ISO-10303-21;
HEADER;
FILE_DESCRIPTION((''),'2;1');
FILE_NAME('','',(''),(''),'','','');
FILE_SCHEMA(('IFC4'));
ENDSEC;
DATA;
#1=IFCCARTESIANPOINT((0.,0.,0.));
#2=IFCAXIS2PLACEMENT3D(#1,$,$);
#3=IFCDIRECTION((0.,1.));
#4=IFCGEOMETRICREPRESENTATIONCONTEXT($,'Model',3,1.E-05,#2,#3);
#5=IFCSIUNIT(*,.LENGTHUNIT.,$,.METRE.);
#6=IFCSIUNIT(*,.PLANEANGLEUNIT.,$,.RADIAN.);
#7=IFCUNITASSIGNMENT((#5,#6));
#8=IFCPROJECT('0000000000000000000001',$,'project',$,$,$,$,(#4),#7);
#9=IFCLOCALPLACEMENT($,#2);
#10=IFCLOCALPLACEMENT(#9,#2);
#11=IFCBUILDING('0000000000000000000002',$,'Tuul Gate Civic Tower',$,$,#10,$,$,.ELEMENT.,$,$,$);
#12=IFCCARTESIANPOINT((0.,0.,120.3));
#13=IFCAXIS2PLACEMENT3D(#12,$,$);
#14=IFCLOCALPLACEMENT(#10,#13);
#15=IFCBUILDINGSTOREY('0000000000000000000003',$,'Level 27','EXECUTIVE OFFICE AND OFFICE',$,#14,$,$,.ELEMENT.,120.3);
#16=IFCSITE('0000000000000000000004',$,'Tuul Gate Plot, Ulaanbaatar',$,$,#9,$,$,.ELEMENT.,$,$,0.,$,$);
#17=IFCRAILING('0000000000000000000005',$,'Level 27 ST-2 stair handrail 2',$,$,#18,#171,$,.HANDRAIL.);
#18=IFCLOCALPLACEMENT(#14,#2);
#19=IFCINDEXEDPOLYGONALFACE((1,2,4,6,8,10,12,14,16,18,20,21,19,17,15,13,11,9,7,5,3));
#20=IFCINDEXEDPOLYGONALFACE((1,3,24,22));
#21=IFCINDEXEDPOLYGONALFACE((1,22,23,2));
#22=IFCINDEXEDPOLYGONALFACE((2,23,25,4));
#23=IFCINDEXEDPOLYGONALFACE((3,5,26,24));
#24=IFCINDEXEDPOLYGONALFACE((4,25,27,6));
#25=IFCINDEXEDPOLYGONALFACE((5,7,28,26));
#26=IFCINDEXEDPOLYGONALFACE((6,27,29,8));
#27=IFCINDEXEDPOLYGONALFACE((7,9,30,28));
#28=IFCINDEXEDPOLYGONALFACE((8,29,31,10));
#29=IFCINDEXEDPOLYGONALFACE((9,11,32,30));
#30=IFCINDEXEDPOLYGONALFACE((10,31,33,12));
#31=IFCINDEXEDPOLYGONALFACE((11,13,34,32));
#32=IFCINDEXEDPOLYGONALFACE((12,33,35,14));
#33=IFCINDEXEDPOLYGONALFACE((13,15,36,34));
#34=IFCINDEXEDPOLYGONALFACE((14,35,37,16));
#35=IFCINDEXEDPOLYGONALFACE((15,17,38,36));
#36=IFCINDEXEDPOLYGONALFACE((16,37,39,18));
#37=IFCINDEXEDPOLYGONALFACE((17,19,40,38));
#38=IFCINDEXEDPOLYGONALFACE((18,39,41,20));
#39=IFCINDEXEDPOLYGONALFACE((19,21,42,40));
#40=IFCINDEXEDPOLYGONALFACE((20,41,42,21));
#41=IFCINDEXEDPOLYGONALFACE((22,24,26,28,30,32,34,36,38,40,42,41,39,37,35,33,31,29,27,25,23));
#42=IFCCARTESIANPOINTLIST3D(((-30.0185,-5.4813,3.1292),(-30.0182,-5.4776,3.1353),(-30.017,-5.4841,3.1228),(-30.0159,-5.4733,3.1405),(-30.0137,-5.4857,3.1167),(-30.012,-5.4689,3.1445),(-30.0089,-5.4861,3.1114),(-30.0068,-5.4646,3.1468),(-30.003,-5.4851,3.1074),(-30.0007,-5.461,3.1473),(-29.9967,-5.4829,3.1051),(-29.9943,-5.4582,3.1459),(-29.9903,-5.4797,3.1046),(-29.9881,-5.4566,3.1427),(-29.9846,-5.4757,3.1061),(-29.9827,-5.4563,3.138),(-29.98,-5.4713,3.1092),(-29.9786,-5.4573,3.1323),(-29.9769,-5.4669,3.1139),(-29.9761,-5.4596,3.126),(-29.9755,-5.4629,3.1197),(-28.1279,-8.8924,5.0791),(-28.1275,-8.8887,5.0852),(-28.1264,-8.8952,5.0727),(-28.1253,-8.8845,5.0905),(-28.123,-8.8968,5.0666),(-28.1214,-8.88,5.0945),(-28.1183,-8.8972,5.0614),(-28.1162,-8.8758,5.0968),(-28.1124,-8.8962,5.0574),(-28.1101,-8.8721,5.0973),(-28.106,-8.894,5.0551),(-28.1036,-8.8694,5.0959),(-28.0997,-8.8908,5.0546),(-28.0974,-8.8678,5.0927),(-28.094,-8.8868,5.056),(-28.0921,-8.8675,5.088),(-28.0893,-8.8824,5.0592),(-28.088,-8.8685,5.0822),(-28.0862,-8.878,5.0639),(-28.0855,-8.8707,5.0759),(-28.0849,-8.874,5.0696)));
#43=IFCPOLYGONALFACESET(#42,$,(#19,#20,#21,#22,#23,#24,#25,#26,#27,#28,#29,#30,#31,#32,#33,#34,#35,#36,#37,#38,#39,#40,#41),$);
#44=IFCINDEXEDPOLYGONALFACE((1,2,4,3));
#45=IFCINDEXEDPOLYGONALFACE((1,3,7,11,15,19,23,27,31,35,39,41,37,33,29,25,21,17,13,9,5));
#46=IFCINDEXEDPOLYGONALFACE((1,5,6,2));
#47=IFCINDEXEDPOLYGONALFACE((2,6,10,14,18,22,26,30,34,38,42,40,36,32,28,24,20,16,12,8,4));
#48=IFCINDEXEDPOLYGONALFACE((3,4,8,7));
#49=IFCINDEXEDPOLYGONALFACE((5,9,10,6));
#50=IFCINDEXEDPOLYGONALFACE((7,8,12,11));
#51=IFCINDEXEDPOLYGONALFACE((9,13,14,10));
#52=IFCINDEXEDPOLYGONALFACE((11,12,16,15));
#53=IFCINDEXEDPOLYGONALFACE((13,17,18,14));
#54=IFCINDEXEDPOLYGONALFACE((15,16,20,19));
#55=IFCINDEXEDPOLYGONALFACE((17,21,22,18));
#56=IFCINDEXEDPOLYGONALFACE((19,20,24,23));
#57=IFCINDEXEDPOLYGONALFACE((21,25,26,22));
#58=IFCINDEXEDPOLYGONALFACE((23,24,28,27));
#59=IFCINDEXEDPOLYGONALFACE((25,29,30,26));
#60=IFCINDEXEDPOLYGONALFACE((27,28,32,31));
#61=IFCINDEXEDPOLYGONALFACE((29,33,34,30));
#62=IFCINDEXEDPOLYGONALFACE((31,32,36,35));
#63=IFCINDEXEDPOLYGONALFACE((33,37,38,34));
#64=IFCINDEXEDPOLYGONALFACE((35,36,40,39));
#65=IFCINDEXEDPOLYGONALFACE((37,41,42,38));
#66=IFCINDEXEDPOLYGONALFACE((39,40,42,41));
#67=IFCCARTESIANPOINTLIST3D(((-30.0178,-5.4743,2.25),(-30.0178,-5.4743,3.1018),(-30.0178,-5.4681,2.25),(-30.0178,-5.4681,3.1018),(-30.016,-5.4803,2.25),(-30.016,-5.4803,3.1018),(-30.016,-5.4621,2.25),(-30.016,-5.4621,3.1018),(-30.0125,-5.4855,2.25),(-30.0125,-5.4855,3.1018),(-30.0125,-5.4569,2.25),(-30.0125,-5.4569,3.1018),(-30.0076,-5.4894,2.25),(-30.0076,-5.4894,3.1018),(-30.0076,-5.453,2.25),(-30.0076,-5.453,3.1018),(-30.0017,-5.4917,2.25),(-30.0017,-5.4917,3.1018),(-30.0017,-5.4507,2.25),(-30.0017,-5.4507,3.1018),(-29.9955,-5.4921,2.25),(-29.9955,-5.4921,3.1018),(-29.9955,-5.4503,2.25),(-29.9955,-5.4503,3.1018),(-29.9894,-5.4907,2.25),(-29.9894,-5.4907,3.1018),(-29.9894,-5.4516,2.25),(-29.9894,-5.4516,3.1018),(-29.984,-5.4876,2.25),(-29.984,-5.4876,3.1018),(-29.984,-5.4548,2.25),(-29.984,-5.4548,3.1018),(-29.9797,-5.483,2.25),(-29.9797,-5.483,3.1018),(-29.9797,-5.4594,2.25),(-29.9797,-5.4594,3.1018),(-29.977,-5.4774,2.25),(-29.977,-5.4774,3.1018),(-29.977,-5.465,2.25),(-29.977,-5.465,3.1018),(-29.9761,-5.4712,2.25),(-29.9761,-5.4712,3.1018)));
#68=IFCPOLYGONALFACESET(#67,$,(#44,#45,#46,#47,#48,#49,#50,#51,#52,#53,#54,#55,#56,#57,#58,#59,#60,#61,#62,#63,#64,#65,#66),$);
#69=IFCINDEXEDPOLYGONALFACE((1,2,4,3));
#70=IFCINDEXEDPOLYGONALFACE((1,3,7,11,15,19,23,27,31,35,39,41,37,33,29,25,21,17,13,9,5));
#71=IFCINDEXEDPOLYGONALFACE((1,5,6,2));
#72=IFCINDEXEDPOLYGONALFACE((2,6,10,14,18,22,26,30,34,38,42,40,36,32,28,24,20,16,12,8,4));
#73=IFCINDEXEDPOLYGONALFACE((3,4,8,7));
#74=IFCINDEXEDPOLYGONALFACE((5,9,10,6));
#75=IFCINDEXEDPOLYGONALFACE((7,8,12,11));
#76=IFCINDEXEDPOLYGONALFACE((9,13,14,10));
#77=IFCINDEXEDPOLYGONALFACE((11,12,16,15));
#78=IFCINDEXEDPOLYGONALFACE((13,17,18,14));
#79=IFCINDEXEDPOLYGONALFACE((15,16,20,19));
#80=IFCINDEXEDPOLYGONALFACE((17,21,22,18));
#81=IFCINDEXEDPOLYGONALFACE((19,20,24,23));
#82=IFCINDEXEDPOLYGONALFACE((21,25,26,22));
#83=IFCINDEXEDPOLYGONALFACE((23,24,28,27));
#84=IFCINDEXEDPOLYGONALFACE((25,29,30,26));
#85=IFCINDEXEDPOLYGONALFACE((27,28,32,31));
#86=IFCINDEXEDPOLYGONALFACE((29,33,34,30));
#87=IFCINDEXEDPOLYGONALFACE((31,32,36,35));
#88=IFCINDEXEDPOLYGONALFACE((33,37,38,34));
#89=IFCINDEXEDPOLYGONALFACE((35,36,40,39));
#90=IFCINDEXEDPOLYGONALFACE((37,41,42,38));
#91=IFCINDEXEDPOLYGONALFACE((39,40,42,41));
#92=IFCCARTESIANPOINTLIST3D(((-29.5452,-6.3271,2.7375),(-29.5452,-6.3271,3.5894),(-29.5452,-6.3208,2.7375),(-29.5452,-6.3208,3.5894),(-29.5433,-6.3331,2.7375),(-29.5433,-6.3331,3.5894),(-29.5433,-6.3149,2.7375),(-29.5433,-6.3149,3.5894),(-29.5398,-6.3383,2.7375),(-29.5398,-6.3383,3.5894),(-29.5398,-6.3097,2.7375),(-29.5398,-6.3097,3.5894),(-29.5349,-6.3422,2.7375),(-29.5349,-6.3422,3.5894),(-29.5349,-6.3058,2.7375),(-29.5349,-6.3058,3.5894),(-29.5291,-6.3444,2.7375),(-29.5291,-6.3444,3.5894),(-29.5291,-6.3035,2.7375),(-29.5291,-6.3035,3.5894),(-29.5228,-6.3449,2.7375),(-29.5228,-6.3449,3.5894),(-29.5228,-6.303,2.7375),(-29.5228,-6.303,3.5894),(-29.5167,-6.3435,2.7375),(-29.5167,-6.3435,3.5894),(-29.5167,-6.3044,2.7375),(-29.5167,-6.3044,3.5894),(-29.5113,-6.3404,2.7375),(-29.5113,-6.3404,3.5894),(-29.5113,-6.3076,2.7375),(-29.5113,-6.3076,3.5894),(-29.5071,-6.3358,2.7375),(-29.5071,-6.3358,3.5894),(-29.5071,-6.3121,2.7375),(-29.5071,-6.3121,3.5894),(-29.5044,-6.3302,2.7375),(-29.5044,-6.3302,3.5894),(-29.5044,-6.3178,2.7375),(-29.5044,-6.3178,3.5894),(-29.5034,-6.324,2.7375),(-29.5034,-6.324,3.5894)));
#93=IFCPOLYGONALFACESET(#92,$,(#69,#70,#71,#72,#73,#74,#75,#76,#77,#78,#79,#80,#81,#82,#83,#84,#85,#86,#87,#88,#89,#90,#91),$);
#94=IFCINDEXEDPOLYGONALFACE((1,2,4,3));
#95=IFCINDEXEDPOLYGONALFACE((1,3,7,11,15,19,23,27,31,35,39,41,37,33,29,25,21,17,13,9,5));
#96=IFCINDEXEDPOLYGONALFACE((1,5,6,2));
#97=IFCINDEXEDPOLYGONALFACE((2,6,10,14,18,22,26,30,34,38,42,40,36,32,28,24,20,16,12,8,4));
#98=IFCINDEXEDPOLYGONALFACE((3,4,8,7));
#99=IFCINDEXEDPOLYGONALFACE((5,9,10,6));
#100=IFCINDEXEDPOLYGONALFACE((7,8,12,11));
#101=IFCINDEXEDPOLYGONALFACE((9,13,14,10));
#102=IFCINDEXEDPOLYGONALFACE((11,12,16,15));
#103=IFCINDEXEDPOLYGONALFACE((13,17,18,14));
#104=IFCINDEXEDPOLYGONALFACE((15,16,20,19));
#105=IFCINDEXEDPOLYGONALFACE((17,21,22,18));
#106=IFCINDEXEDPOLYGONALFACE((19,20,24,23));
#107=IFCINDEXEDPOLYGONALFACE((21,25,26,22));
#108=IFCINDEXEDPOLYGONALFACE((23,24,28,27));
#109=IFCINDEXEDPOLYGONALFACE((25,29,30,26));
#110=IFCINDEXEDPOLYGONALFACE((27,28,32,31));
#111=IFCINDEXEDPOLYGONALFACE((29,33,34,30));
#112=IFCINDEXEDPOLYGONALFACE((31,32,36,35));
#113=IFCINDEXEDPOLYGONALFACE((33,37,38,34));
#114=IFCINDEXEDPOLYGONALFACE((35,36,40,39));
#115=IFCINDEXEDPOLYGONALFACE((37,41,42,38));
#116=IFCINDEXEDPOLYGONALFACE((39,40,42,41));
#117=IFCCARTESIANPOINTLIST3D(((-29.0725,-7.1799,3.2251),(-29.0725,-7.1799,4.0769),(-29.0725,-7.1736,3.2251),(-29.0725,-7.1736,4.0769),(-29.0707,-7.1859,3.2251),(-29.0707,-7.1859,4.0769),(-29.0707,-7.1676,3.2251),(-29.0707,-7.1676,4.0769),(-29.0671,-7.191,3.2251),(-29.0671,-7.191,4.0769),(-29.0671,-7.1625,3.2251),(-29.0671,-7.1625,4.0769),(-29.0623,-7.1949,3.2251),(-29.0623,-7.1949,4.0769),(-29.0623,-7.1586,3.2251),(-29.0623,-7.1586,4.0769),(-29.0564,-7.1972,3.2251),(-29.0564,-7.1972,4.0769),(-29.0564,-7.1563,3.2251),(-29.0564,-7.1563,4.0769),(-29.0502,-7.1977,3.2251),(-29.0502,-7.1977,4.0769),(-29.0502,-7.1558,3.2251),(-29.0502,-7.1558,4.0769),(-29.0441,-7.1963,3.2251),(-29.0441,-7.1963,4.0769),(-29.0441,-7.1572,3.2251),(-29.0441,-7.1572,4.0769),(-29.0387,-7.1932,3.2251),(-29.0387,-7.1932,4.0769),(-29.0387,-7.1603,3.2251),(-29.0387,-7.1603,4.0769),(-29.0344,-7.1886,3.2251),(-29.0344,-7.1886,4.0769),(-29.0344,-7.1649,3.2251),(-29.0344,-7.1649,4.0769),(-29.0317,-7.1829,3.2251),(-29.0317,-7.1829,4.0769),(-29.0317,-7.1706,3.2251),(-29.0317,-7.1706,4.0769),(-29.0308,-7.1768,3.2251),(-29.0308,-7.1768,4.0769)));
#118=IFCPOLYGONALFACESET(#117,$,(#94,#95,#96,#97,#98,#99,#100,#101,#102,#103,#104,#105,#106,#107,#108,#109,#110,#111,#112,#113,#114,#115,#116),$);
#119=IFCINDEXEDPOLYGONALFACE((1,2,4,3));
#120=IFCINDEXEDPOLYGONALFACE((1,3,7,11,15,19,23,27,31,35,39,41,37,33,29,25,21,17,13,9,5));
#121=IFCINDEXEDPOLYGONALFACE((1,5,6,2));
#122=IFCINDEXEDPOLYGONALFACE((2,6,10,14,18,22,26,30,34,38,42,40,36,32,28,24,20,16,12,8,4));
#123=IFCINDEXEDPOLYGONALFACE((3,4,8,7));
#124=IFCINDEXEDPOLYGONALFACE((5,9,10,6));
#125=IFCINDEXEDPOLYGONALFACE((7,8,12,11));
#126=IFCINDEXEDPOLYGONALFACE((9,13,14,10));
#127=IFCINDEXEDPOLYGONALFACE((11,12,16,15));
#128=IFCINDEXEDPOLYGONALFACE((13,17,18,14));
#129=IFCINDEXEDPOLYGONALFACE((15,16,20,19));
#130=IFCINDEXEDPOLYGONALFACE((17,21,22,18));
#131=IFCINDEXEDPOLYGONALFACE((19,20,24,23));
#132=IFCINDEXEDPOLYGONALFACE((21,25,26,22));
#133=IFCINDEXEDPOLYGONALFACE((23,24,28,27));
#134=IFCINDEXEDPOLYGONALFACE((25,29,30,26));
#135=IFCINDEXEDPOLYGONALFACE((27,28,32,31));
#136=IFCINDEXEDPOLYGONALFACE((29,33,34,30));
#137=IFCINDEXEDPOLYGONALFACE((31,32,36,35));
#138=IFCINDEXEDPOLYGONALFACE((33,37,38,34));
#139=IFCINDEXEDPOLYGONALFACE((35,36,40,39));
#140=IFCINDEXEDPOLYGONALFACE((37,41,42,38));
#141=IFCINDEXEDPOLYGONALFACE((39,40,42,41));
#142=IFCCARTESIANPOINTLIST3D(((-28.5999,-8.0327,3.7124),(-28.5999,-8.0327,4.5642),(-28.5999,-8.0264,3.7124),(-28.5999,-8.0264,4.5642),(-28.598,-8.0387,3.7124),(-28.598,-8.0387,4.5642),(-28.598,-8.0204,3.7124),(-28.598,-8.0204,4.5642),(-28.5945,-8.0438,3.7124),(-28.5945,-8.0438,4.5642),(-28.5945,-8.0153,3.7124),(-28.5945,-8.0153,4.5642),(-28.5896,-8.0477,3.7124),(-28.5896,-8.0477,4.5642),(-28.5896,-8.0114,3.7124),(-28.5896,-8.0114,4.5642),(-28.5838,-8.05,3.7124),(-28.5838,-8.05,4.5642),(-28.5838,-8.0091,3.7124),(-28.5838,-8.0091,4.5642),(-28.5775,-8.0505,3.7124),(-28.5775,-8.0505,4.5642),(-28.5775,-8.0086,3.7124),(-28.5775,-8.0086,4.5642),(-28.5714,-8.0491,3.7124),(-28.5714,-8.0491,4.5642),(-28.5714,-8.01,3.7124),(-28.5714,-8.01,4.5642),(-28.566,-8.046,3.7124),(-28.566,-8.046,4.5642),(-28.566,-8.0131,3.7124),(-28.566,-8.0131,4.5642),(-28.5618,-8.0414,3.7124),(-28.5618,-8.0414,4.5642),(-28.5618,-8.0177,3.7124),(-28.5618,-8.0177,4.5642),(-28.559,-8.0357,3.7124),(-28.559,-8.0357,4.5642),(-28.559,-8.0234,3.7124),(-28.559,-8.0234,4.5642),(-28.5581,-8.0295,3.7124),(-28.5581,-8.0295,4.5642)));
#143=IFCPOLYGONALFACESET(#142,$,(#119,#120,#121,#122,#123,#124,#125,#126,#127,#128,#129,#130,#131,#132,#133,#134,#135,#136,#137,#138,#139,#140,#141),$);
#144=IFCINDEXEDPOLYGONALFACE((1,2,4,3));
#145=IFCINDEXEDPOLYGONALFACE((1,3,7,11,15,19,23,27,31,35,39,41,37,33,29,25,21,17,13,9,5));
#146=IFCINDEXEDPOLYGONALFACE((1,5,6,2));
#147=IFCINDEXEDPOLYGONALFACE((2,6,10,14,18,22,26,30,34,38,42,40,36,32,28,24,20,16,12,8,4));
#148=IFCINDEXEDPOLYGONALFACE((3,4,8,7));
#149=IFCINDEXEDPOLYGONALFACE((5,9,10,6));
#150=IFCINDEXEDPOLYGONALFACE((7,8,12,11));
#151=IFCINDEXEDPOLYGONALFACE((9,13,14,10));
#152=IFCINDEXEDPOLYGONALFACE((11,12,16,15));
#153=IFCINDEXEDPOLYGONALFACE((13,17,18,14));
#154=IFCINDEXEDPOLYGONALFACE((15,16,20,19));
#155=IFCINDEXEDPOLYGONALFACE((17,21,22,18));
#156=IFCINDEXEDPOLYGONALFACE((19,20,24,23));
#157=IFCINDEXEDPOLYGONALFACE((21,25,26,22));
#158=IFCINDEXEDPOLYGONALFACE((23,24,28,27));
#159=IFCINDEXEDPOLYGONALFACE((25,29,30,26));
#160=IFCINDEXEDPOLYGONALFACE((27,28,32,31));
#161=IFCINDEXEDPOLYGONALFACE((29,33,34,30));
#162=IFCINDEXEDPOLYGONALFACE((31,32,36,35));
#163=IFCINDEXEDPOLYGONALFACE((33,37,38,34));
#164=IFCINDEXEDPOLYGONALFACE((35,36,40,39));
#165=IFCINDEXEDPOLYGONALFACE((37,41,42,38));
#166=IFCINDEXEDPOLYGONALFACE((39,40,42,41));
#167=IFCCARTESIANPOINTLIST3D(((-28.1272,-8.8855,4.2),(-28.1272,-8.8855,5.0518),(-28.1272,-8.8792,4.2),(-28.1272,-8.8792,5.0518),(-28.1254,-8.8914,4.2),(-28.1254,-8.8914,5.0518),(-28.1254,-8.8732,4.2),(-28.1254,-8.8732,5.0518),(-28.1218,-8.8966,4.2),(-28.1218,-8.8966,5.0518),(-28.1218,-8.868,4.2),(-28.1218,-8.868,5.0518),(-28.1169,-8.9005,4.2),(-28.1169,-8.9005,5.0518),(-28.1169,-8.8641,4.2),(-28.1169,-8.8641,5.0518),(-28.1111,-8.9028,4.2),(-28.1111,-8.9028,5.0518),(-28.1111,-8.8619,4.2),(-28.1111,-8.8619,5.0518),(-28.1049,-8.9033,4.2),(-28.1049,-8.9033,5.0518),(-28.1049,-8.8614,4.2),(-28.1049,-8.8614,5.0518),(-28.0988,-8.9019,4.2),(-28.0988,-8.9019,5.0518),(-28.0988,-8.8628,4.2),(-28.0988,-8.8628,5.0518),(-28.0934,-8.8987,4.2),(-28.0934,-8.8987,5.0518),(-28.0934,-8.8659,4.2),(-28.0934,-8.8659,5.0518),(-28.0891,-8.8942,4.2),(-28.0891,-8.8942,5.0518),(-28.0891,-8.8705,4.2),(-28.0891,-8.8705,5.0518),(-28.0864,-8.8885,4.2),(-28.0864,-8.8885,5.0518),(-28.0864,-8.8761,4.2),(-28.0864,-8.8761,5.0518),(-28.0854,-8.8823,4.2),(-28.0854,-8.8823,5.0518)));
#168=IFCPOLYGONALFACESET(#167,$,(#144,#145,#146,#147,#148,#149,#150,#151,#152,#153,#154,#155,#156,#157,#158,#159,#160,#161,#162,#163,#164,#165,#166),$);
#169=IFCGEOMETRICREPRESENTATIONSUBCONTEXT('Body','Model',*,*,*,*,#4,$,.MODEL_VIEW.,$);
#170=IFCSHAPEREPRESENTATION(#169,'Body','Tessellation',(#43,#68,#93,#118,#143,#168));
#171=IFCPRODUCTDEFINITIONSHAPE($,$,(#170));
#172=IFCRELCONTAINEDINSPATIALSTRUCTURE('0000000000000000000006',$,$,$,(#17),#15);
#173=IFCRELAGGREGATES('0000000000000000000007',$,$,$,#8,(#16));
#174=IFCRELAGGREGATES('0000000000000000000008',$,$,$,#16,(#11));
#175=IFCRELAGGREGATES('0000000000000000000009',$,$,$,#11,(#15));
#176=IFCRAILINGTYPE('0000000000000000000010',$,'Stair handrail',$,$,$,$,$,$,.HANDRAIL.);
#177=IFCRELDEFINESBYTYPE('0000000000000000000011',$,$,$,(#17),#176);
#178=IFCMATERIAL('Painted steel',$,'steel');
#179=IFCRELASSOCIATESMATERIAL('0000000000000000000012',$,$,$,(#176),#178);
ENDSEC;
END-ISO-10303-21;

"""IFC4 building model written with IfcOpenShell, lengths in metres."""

from ifc_helpers import new_model, si_unit, direction, frame, origin, origin_2d, place, context, subcontext, project, spatial, circle, extrude, material, type_object, element, save


model = new_model("IFC4")

# Units and contexts
model_context = context("Model", 3, precision=1e-05, world=origin(), true_north=direction((0.0, 1.0)))
body_context = subcontext(model_context, "Body", "Model", "MODEL_VIEW")
ifc_project = project(units=[si_unit("LENGTHUNIT", "METRE"), si_unit("PLANEANGLEUNIT", "RADIAN")], contexts=[model_context])

# Site, building, storey
site_placement = place(None, origin())
site = spatial("IfcSite", under=ifc_project, at=site_placement, Name="Tuul Gate Plot, Ulaanbaatar", CompositionType="ELEMENT", RefElevation=0.0)
building_placement = place(site_placement, origin())
building = spatial("IfcBuilding", under=site, at=building_placement, Name="Tuul Gate Civic Tower", CompositionType="ELEMENT")
storey_placement = place(building_placement, frame((0.0, 0.0, 120.3)))
storey = spatial("IfcBuildingStorey", under=building, at=storey_placement, Name="Level 27", Description="EXECUTIVE OFFICE AND OFFICE", CompositionType="ELEMENT", Elevation=120.3)

# Railing
ifc_material_1 = material(Name="Painted steel", Category="steel")
railing_type_1 = type_object("IfcRailingType", Name="Stair handrail", PredefinedType="HANDRAIL", material=ifc_material_1)
railing_1_placement = place(storey_placement, frame((-29.9971, -5.4712, 2.25)))
element("IfcRailing", 1, at=railing_1_placement, inside=storey, type_object=railing_type_1, Name="Level 27 ST-2 stair handrail 2", PredefinedType="HANDRAIL", context=body_context, shape_type="SweptSolid", body=[
    extrude(circle(Radius=0.0239, at=origin_2d()), frame((0.0, 0.0, 0.876), z_axis=(0.433595, -0.782308, 0.447201), x_axis=(0.874641, 0.484771, 0.0)), (0.0, 0.0, 1.0), 4.3604),
    extrude(circle(Radius=0.021, at=origin_2d()), origin(), (0.0, 0.0, 1.0), 0.8518),
    extrude(circle(Radius=0.021, at=origin_2d()), frame((0.4727, -0.8528, 0.4875)), (0.0, 0.0, 1.0), 0.8518),
    extrude(circle(Radius=0.021, at=origin_2d()), frame((0.9453, -1.7056, 0.9751)), (0.0, 0.0, 1.0), 0.8518),
    extrude(circle(Radius=0.021, at=origin_2d()), frame((1.418, -2.5583, 1.4624)), (0.0, 0.0, 1.0), 0.8518),
    extrude(circle(Radius=0.021, at=origin_2d()), frame((1.8906, -3.4111, 1.95)), (0.0, 0.0, 1.0), 0.8518),
])

save(model, "model.ifc")
